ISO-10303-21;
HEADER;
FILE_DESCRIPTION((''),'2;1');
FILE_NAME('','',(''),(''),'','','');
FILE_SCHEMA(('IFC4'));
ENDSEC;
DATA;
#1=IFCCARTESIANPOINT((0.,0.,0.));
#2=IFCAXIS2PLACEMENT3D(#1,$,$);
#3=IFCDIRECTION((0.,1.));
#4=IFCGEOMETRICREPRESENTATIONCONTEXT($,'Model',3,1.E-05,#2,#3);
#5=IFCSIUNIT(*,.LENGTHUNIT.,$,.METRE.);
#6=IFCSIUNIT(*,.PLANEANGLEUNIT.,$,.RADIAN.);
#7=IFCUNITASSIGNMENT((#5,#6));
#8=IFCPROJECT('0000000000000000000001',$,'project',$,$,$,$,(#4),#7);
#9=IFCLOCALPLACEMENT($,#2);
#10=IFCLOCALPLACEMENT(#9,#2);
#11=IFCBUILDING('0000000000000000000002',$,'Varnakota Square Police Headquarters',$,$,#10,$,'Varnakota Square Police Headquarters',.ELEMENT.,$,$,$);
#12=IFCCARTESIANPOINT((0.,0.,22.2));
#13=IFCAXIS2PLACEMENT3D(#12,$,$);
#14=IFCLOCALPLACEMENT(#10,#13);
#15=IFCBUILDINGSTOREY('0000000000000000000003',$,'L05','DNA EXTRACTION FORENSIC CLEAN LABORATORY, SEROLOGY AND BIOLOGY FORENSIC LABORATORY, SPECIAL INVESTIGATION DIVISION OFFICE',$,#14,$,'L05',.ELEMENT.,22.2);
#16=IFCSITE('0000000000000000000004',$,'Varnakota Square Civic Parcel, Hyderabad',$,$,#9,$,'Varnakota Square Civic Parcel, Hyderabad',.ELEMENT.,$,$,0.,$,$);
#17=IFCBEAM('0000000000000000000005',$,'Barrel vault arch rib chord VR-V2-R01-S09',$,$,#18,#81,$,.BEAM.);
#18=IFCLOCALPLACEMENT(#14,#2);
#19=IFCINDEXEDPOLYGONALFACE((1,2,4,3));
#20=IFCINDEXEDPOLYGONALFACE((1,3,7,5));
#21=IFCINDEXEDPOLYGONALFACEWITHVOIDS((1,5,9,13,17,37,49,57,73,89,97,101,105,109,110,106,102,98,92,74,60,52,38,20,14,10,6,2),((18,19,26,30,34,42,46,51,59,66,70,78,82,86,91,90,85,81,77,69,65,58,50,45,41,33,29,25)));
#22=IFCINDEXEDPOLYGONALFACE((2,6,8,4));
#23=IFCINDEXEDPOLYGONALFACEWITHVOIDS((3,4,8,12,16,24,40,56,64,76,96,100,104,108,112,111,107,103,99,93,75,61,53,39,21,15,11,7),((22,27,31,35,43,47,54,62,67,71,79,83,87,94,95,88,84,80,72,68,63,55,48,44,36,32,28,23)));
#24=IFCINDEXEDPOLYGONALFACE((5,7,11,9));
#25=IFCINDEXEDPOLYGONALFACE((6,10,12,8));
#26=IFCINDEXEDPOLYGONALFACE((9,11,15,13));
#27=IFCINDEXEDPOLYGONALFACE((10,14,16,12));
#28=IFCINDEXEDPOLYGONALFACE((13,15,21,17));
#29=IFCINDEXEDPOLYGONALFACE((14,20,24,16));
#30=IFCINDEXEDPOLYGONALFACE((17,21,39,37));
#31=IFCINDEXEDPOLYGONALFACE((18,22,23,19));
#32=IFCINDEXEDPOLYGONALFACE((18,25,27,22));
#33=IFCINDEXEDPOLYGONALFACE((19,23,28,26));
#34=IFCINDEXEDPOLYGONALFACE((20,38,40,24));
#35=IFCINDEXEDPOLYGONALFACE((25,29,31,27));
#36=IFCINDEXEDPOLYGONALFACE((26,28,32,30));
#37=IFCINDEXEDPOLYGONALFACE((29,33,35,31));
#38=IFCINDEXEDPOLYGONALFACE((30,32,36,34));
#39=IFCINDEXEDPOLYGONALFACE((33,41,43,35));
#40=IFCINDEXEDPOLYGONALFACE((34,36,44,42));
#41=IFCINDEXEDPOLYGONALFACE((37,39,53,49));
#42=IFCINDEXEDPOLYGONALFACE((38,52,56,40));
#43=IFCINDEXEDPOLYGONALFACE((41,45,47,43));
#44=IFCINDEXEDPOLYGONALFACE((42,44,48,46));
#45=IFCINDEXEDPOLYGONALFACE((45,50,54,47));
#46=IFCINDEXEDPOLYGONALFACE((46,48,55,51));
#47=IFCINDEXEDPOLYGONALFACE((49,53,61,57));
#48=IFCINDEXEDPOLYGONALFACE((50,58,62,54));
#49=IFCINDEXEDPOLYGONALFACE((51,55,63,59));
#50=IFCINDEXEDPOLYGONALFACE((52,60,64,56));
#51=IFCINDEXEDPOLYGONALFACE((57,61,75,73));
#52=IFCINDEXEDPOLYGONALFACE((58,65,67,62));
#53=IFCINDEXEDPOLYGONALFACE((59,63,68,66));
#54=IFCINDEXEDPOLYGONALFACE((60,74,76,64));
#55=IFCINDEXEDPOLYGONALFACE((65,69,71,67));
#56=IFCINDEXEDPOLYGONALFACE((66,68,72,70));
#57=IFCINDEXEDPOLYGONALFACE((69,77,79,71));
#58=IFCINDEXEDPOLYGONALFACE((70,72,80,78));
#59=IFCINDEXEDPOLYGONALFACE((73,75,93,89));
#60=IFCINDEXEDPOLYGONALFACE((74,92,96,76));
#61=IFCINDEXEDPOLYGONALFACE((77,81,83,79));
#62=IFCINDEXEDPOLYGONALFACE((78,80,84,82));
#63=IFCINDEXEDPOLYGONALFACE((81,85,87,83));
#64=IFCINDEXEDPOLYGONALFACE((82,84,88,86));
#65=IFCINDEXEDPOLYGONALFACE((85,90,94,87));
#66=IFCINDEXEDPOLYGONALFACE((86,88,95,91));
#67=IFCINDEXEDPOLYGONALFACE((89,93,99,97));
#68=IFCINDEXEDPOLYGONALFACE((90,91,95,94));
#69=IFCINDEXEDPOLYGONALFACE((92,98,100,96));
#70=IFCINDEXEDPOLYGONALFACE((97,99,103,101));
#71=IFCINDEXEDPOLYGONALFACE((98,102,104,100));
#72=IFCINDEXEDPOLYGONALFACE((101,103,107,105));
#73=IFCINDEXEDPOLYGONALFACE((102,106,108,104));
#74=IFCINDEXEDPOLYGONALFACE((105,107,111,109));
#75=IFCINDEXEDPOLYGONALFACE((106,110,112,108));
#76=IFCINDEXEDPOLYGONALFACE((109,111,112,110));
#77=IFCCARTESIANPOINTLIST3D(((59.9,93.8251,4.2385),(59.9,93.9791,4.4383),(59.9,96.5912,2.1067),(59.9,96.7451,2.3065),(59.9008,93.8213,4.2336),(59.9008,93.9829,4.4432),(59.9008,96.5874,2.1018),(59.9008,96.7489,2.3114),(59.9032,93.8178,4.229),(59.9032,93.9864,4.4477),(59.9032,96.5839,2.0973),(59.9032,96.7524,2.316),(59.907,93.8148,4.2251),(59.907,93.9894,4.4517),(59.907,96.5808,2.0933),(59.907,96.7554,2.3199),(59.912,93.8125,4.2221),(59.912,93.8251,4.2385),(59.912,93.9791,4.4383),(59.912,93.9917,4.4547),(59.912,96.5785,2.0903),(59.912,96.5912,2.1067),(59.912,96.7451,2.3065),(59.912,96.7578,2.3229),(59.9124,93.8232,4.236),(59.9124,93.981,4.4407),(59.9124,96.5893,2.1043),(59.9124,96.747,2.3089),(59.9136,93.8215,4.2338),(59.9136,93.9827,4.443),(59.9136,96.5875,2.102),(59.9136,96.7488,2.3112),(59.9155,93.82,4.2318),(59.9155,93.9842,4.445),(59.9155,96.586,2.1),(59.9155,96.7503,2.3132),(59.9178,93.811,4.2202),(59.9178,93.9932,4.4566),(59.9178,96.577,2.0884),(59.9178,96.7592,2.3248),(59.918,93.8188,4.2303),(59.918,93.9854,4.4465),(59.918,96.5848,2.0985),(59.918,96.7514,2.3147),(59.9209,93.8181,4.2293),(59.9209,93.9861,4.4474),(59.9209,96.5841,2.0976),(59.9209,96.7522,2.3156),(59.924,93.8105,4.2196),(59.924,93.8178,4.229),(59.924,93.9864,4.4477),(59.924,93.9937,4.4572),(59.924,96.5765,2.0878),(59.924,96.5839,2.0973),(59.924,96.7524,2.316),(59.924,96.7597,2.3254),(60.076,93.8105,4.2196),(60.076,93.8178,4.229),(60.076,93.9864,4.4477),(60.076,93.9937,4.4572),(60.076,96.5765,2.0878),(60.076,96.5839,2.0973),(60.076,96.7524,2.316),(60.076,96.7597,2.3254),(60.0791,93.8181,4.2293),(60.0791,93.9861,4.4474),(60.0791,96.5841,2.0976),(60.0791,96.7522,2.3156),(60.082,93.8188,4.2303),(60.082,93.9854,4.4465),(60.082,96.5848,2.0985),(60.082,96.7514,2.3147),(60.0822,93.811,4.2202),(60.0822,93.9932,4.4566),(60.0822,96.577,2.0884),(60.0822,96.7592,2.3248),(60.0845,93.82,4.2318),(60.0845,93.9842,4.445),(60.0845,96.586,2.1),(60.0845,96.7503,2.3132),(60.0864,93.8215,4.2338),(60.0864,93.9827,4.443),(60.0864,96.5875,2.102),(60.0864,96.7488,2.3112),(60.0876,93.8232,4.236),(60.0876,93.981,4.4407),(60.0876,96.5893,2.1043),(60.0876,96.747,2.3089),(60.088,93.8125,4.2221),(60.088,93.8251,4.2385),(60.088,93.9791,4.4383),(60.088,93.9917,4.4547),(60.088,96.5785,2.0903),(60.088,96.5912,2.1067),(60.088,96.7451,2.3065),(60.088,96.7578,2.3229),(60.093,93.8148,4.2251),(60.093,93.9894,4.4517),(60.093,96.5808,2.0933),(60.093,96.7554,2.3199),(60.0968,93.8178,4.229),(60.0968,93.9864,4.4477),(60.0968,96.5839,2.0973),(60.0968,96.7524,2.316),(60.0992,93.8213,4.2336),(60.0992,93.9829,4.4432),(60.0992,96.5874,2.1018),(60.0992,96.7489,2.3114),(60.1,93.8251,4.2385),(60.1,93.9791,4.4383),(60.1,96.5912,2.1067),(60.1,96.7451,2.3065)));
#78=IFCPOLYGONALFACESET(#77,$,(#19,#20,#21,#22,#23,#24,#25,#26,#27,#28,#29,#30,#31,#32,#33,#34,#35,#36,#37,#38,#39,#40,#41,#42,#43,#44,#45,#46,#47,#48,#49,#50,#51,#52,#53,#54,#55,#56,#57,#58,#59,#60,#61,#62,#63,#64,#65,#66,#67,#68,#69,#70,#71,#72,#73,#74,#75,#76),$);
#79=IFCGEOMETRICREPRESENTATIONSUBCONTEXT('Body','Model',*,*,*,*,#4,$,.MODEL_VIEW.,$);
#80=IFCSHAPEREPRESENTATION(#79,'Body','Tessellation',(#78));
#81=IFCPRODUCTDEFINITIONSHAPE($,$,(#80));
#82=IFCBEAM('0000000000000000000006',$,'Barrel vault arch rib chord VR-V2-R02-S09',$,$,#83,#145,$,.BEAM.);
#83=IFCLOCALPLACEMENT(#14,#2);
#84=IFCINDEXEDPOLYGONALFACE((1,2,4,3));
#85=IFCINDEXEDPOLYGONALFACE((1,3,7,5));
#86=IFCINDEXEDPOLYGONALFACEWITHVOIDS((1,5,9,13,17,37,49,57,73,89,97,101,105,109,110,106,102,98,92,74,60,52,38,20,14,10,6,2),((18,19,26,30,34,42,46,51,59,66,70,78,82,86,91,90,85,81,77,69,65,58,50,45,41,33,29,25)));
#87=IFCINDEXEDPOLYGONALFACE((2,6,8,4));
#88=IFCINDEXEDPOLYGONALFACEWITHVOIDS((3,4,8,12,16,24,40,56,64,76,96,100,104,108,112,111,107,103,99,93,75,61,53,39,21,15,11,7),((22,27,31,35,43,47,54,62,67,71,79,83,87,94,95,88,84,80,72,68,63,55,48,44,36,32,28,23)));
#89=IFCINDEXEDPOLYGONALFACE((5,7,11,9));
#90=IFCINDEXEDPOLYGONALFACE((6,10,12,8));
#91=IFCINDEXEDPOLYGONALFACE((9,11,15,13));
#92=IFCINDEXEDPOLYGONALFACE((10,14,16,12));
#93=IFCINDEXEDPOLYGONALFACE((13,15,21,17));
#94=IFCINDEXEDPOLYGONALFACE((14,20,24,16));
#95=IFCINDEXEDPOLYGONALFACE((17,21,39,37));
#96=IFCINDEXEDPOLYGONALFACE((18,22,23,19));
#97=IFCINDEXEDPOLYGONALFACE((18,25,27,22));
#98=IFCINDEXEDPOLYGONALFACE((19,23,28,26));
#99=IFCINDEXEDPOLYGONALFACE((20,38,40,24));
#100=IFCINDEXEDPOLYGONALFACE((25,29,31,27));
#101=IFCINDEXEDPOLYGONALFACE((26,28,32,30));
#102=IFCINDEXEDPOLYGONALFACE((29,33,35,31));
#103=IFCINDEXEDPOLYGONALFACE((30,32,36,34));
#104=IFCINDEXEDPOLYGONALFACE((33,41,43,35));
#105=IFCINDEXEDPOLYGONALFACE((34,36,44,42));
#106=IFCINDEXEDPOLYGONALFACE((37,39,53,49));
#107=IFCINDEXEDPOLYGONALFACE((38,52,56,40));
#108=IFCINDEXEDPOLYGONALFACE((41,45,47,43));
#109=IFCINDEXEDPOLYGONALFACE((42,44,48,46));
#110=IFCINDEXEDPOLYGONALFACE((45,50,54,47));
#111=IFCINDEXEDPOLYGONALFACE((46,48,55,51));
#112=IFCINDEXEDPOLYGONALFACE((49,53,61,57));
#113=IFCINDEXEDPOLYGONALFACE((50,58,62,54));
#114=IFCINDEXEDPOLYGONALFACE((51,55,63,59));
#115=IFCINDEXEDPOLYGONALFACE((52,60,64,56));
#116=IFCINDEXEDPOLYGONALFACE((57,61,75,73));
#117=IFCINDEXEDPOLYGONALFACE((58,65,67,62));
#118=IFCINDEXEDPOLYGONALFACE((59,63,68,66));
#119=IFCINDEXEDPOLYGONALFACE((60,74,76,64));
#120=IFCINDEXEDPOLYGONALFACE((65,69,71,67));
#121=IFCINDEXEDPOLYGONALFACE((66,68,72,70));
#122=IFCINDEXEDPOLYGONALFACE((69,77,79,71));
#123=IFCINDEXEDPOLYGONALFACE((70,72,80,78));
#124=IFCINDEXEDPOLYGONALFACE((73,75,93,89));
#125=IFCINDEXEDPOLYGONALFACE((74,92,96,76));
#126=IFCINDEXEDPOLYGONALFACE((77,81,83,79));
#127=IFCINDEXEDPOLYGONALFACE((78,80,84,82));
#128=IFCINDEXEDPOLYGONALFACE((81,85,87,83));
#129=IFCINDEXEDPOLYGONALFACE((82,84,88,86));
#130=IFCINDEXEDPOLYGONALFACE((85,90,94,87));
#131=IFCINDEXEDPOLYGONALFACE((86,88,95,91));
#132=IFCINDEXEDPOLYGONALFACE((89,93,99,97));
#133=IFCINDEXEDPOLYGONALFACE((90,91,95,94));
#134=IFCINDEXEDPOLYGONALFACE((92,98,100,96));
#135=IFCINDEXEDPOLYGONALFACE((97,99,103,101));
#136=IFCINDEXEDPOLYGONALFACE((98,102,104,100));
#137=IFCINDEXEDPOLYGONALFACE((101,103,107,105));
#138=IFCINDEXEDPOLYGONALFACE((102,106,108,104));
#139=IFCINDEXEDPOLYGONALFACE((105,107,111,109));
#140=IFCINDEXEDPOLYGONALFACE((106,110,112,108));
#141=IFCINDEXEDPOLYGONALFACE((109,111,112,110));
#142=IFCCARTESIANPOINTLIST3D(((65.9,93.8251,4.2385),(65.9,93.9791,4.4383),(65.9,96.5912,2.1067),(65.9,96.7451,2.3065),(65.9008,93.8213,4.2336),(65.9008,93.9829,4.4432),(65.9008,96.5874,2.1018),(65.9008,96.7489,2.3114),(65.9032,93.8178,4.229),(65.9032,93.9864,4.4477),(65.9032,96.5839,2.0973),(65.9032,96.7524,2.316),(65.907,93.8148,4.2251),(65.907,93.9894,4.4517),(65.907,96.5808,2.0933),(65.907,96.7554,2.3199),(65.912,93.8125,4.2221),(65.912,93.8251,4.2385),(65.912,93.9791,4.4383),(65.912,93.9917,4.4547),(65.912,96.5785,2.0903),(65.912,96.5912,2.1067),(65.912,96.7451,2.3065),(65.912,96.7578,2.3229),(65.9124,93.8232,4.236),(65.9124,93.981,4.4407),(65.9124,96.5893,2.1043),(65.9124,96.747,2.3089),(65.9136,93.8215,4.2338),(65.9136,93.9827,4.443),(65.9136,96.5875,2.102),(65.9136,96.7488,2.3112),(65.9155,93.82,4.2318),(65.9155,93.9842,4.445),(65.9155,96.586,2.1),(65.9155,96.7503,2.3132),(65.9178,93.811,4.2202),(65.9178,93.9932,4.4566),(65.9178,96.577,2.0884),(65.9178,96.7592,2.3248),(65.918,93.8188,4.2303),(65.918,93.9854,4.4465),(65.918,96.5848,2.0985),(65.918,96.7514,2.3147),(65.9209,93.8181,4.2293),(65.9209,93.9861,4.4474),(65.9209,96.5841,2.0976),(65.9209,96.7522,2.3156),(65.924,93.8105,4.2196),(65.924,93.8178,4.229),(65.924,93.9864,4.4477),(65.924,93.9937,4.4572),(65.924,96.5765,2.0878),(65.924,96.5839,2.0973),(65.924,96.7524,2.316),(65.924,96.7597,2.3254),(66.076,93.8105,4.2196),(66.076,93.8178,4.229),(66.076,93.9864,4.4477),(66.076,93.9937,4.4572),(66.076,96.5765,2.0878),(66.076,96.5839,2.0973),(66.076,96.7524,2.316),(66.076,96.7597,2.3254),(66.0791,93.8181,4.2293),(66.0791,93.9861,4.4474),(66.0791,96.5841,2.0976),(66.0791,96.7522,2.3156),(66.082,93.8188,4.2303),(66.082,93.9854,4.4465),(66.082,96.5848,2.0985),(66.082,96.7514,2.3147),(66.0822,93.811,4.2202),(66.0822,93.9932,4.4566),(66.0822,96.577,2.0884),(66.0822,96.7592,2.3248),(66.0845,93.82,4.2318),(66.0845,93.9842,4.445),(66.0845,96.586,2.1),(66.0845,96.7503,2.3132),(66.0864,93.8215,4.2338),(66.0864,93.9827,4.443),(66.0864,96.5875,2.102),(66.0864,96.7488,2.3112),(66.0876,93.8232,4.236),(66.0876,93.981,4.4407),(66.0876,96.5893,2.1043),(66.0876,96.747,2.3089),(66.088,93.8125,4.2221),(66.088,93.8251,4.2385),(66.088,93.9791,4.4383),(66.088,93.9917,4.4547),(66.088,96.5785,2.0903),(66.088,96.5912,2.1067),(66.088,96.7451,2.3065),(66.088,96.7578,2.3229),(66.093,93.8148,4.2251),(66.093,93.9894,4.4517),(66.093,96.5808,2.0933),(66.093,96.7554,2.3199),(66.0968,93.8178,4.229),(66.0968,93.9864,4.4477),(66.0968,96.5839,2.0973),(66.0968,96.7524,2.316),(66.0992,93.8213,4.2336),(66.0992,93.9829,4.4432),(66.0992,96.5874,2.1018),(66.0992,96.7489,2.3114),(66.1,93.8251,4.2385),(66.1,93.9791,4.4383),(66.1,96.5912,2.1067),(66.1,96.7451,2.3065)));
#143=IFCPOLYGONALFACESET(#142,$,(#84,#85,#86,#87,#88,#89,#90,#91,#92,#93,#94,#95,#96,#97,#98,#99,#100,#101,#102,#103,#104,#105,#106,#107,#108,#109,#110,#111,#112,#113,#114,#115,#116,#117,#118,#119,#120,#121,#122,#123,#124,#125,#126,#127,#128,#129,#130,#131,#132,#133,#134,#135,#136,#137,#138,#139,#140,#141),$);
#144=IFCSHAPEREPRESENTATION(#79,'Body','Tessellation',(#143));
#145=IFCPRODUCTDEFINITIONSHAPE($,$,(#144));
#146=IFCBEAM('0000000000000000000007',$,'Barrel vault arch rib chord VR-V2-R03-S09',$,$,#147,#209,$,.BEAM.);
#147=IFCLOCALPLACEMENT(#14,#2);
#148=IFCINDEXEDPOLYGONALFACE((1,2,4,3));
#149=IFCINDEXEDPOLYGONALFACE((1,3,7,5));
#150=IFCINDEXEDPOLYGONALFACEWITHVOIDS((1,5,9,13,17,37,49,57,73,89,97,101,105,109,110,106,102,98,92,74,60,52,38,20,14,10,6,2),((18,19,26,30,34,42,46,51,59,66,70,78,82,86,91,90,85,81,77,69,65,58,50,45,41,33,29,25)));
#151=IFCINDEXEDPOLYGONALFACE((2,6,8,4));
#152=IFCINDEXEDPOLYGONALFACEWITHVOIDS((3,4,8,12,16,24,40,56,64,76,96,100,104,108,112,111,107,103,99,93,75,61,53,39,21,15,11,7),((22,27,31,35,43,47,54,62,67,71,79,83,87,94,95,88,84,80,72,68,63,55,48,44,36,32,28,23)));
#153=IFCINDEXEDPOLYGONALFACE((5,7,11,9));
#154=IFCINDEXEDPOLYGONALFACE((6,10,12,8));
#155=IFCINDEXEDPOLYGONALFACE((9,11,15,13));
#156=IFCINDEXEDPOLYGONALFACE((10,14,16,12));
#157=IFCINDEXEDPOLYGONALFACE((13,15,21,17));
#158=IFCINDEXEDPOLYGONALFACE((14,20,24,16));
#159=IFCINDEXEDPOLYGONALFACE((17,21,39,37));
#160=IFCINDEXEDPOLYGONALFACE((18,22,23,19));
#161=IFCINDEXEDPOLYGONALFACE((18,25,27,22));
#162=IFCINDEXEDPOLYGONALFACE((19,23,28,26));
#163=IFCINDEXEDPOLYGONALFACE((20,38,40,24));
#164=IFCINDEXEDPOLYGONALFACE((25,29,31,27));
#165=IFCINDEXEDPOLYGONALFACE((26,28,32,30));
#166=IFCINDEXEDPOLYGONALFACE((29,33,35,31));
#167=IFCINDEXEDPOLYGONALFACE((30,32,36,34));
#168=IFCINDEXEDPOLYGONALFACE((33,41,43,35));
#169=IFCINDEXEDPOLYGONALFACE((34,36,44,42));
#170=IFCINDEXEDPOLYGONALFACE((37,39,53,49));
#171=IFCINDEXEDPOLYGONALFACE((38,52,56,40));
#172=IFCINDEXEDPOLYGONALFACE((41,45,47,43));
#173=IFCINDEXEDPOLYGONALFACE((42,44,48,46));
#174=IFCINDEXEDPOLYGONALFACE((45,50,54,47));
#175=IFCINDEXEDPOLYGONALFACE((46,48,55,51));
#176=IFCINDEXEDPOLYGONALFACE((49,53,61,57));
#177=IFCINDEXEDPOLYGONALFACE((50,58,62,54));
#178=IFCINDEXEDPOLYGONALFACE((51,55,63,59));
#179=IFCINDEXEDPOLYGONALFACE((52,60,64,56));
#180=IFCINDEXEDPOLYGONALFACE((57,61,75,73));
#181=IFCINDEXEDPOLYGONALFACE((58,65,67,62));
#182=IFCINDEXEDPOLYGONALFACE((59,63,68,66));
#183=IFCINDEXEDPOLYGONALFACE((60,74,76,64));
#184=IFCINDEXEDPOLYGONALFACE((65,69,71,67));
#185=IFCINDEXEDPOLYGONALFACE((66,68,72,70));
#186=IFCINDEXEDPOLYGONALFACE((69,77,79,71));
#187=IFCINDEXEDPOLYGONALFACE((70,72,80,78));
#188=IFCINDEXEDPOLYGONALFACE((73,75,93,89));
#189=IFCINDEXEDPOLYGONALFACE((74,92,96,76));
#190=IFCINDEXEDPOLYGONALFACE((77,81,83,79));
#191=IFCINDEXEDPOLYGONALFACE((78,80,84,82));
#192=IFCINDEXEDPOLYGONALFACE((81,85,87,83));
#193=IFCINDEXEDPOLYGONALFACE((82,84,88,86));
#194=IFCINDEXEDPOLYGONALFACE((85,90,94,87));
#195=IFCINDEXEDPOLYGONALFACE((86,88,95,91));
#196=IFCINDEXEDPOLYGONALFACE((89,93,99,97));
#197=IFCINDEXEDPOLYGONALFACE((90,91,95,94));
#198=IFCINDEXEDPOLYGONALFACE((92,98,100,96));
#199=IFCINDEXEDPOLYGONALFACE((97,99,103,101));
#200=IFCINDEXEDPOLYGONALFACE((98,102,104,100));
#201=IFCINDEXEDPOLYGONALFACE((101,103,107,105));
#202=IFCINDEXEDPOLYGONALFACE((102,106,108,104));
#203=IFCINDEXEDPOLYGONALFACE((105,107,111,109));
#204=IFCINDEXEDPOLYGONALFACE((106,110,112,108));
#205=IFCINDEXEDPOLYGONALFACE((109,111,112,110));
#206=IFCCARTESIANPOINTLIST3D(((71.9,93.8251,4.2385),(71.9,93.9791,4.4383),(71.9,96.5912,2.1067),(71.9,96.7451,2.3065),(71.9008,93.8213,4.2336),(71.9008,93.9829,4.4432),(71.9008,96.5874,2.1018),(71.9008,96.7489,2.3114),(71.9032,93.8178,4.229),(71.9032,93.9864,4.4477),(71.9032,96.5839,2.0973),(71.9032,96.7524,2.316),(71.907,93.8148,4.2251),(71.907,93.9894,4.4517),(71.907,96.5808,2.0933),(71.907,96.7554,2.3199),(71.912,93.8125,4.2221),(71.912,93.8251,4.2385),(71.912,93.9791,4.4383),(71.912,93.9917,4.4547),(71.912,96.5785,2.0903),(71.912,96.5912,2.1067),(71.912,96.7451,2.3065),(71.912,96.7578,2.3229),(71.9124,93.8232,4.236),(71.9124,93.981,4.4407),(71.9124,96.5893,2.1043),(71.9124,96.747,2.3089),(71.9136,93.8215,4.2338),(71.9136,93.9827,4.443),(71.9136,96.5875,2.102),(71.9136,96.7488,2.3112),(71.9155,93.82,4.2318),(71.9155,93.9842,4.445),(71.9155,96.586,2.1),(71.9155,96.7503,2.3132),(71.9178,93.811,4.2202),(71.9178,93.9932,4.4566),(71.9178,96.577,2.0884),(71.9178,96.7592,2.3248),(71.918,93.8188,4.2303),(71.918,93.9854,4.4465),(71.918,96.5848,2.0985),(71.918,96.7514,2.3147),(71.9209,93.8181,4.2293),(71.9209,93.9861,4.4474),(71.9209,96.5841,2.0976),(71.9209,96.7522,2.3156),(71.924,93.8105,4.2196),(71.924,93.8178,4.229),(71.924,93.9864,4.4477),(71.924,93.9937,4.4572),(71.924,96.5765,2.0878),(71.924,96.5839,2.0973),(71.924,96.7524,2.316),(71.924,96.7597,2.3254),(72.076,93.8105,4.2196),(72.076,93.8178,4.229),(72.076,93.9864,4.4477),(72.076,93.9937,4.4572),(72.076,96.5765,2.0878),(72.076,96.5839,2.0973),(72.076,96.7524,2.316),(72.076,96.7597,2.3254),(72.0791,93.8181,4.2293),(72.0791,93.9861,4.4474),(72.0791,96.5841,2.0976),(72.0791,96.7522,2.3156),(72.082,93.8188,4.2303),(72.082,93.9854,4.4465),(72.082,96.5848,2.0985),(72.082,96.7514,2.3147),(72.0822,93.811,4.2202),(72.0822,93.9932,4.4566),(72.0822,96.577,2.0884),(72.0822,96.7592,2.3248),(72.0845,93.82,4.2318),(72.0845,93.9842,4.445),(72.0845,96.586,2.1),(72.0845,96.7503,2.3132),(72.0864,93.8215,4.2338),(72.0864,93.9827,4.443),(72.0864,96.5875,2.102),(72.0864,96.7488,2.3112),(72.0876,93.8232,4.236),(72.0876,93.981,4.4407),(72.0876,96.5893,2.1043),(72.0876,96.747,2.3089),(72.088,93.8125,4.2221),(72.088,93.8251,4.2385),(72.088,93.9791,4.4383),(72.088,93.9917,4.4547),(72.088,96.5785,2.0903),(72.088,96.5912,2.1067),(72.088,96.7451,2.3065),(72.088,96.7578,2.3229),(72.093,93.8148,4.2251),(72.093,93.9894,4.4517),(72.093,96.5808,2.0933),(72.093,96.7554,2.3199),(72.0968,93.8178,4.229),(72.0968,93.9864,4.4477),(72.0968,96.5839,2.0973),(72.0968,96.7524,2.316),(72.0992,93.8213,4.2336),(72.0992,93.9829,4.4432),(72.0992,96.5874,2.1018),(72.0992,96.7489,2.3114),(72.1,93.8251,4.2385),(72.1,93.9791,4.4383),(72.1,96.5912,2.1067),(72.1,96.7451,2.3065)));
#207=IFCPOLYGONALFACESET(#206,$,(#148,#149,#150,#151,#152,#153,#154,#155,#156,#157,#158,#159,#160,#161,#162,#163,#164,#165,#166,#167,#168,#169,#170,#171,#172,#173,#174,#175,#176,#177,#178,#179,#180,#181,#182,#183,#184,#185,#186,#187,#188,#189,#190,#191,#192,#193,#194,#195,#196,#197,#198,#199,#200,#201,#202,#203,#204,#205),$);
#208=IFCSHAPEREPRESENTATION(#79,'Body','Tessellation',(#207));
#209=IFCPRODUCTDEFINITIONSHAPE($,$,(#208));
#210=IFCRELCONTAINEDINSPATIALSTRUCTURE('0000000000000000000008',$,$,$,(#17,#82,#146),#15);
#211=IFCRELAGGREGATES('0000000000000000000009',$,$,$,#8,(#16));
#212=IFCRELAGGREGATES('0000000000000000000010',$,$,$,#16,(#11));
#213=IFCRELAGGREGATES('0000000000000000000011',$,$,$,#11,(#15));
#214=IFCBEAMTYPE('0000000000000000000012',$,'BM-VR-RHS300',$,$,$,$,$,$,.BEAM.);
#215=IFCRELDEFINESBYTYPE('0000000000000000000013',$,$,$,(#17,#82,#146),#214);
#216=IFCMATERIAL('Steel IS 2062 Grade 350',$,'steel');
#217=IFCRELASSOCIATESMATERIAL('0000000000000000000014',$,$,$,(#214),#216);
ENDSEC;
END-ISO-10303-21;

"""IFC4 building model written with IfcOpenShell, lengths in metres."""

from ifc_helpers import new_model, si_unit, direction, frame, origin, origin_2d, place, context, subcontext, project, spatial, hollow_rectangle, extrude, material, material_profile, profile_set, type_object, element, save


model = new_model("IFC4")

# Units and contexts
model_context = context("Model", 3, precision=1e-05, world=origin(), true_north=direction((0.0, 1.0)))
body_context = subcontext(model_context, "Body", "Model", "MODEL_VIEW")
ifc_project = project(units=[si_unit("LENGTHUNIT", "METRE"), si_unit("PLANEANGLEUNIT", "RADIAN")], contexts=[model_context])

# Site, building, storey
site_placement = place(None, origin())
site = spatial("IfcSite", under=ifc_project, at=site_placement, Name="Varnakota Square Civic Parcel, Hyderabad", LongName="Varnakota Square Civic Parcel, Hyderabad", CompositionType="ELEMENT", RefElevation=0.0)
building_placement = place(site_placement, origin())
building = spatial("IfcBuilding", under=site, at=building_placement, Name="Varnakota Square Police Headquarters", LongName="Varnakota Square Police Headquarters", CompositionType="ELEMENT")
storey_placement = place(building_placement, frame((0.0, 0.0, 22.2)))
storey = spatial("IfcBuildingStorey", under=building, at=storey_placement, Name="L05", Description="DNA EXTRACTION FORENSIC CLEAN LABORATORY, SEROLOGY AND BIOLOGY FORENSIC LABORATORY, SPECIAL INVESTIGATION DIVISION OFFICE", LongName="L05", CompositionType="ELEMENT", Elevation=22.2)

# Beams
ifc_material_1 = material(Name="Steel IS 2062 Grade 350", Category="steel")
ifc_material_profile_1 = material_profile(ifc_material_1, hollow_rectangle(XDim=0.2, YDim=0.3, WallThickness=0.012, InnerFilletRadius=0.012, OuterFilletRadius=0.0239, at=origin_2d()), Name="RHS 300x200x12")
ifc_profile_set_1 = profile_set([ifc_material_profile_1], Name="Steel IS 2062 Grade 350")
beam_type = type_object("IfcBeamType", Name="BM-VR-RHS300", PredefinedType="BEAM", material=ifc_profile_set_1)
for number, where, z_axis, x_axis, name in (
    (1, (60.0, 93.9021, 4.3384), (0.0, 0.792062, -0.61044), (-1.0, 0.0, 0.0), "Barrel vault arch rib chord VR-V2-R01-S09"),
    (2, (66.0, 93.9021, 4.3384), (0.0, 0.792062, -0.61044), (-1.0, 0.0, 0.0), "Barrel vault arch rib chord VR-V2-R02-S09"),
    (3, (72.0, 93.9021, 4.3384), (0.0, 0.792062, -0.61044), (-1.0, 0.0, 0.0), "Barrel vault arch rib chord VR-V2-R03-S09"),
):
    element("IfcBeam", number, at=place(storey_placement, frame(where, z_axis=z_axis, x_axis=x_axis)), inside=storey, type_object=beam_type, Name=name, PredefinedType="BEAM", context=body_context, shape_type="SweptSolid", body=[
        extrude(hollow_rectangle(XDim=0.2, YDim=0.3, WallThickness=0.012, InnerFilletRadius=0.012, OuterFilletRadius=0.0239, at=origin_2d()), origin(), (0.0, 0.0, 1.0), 3.4922),
    ])

save(model, "model.ifc")
